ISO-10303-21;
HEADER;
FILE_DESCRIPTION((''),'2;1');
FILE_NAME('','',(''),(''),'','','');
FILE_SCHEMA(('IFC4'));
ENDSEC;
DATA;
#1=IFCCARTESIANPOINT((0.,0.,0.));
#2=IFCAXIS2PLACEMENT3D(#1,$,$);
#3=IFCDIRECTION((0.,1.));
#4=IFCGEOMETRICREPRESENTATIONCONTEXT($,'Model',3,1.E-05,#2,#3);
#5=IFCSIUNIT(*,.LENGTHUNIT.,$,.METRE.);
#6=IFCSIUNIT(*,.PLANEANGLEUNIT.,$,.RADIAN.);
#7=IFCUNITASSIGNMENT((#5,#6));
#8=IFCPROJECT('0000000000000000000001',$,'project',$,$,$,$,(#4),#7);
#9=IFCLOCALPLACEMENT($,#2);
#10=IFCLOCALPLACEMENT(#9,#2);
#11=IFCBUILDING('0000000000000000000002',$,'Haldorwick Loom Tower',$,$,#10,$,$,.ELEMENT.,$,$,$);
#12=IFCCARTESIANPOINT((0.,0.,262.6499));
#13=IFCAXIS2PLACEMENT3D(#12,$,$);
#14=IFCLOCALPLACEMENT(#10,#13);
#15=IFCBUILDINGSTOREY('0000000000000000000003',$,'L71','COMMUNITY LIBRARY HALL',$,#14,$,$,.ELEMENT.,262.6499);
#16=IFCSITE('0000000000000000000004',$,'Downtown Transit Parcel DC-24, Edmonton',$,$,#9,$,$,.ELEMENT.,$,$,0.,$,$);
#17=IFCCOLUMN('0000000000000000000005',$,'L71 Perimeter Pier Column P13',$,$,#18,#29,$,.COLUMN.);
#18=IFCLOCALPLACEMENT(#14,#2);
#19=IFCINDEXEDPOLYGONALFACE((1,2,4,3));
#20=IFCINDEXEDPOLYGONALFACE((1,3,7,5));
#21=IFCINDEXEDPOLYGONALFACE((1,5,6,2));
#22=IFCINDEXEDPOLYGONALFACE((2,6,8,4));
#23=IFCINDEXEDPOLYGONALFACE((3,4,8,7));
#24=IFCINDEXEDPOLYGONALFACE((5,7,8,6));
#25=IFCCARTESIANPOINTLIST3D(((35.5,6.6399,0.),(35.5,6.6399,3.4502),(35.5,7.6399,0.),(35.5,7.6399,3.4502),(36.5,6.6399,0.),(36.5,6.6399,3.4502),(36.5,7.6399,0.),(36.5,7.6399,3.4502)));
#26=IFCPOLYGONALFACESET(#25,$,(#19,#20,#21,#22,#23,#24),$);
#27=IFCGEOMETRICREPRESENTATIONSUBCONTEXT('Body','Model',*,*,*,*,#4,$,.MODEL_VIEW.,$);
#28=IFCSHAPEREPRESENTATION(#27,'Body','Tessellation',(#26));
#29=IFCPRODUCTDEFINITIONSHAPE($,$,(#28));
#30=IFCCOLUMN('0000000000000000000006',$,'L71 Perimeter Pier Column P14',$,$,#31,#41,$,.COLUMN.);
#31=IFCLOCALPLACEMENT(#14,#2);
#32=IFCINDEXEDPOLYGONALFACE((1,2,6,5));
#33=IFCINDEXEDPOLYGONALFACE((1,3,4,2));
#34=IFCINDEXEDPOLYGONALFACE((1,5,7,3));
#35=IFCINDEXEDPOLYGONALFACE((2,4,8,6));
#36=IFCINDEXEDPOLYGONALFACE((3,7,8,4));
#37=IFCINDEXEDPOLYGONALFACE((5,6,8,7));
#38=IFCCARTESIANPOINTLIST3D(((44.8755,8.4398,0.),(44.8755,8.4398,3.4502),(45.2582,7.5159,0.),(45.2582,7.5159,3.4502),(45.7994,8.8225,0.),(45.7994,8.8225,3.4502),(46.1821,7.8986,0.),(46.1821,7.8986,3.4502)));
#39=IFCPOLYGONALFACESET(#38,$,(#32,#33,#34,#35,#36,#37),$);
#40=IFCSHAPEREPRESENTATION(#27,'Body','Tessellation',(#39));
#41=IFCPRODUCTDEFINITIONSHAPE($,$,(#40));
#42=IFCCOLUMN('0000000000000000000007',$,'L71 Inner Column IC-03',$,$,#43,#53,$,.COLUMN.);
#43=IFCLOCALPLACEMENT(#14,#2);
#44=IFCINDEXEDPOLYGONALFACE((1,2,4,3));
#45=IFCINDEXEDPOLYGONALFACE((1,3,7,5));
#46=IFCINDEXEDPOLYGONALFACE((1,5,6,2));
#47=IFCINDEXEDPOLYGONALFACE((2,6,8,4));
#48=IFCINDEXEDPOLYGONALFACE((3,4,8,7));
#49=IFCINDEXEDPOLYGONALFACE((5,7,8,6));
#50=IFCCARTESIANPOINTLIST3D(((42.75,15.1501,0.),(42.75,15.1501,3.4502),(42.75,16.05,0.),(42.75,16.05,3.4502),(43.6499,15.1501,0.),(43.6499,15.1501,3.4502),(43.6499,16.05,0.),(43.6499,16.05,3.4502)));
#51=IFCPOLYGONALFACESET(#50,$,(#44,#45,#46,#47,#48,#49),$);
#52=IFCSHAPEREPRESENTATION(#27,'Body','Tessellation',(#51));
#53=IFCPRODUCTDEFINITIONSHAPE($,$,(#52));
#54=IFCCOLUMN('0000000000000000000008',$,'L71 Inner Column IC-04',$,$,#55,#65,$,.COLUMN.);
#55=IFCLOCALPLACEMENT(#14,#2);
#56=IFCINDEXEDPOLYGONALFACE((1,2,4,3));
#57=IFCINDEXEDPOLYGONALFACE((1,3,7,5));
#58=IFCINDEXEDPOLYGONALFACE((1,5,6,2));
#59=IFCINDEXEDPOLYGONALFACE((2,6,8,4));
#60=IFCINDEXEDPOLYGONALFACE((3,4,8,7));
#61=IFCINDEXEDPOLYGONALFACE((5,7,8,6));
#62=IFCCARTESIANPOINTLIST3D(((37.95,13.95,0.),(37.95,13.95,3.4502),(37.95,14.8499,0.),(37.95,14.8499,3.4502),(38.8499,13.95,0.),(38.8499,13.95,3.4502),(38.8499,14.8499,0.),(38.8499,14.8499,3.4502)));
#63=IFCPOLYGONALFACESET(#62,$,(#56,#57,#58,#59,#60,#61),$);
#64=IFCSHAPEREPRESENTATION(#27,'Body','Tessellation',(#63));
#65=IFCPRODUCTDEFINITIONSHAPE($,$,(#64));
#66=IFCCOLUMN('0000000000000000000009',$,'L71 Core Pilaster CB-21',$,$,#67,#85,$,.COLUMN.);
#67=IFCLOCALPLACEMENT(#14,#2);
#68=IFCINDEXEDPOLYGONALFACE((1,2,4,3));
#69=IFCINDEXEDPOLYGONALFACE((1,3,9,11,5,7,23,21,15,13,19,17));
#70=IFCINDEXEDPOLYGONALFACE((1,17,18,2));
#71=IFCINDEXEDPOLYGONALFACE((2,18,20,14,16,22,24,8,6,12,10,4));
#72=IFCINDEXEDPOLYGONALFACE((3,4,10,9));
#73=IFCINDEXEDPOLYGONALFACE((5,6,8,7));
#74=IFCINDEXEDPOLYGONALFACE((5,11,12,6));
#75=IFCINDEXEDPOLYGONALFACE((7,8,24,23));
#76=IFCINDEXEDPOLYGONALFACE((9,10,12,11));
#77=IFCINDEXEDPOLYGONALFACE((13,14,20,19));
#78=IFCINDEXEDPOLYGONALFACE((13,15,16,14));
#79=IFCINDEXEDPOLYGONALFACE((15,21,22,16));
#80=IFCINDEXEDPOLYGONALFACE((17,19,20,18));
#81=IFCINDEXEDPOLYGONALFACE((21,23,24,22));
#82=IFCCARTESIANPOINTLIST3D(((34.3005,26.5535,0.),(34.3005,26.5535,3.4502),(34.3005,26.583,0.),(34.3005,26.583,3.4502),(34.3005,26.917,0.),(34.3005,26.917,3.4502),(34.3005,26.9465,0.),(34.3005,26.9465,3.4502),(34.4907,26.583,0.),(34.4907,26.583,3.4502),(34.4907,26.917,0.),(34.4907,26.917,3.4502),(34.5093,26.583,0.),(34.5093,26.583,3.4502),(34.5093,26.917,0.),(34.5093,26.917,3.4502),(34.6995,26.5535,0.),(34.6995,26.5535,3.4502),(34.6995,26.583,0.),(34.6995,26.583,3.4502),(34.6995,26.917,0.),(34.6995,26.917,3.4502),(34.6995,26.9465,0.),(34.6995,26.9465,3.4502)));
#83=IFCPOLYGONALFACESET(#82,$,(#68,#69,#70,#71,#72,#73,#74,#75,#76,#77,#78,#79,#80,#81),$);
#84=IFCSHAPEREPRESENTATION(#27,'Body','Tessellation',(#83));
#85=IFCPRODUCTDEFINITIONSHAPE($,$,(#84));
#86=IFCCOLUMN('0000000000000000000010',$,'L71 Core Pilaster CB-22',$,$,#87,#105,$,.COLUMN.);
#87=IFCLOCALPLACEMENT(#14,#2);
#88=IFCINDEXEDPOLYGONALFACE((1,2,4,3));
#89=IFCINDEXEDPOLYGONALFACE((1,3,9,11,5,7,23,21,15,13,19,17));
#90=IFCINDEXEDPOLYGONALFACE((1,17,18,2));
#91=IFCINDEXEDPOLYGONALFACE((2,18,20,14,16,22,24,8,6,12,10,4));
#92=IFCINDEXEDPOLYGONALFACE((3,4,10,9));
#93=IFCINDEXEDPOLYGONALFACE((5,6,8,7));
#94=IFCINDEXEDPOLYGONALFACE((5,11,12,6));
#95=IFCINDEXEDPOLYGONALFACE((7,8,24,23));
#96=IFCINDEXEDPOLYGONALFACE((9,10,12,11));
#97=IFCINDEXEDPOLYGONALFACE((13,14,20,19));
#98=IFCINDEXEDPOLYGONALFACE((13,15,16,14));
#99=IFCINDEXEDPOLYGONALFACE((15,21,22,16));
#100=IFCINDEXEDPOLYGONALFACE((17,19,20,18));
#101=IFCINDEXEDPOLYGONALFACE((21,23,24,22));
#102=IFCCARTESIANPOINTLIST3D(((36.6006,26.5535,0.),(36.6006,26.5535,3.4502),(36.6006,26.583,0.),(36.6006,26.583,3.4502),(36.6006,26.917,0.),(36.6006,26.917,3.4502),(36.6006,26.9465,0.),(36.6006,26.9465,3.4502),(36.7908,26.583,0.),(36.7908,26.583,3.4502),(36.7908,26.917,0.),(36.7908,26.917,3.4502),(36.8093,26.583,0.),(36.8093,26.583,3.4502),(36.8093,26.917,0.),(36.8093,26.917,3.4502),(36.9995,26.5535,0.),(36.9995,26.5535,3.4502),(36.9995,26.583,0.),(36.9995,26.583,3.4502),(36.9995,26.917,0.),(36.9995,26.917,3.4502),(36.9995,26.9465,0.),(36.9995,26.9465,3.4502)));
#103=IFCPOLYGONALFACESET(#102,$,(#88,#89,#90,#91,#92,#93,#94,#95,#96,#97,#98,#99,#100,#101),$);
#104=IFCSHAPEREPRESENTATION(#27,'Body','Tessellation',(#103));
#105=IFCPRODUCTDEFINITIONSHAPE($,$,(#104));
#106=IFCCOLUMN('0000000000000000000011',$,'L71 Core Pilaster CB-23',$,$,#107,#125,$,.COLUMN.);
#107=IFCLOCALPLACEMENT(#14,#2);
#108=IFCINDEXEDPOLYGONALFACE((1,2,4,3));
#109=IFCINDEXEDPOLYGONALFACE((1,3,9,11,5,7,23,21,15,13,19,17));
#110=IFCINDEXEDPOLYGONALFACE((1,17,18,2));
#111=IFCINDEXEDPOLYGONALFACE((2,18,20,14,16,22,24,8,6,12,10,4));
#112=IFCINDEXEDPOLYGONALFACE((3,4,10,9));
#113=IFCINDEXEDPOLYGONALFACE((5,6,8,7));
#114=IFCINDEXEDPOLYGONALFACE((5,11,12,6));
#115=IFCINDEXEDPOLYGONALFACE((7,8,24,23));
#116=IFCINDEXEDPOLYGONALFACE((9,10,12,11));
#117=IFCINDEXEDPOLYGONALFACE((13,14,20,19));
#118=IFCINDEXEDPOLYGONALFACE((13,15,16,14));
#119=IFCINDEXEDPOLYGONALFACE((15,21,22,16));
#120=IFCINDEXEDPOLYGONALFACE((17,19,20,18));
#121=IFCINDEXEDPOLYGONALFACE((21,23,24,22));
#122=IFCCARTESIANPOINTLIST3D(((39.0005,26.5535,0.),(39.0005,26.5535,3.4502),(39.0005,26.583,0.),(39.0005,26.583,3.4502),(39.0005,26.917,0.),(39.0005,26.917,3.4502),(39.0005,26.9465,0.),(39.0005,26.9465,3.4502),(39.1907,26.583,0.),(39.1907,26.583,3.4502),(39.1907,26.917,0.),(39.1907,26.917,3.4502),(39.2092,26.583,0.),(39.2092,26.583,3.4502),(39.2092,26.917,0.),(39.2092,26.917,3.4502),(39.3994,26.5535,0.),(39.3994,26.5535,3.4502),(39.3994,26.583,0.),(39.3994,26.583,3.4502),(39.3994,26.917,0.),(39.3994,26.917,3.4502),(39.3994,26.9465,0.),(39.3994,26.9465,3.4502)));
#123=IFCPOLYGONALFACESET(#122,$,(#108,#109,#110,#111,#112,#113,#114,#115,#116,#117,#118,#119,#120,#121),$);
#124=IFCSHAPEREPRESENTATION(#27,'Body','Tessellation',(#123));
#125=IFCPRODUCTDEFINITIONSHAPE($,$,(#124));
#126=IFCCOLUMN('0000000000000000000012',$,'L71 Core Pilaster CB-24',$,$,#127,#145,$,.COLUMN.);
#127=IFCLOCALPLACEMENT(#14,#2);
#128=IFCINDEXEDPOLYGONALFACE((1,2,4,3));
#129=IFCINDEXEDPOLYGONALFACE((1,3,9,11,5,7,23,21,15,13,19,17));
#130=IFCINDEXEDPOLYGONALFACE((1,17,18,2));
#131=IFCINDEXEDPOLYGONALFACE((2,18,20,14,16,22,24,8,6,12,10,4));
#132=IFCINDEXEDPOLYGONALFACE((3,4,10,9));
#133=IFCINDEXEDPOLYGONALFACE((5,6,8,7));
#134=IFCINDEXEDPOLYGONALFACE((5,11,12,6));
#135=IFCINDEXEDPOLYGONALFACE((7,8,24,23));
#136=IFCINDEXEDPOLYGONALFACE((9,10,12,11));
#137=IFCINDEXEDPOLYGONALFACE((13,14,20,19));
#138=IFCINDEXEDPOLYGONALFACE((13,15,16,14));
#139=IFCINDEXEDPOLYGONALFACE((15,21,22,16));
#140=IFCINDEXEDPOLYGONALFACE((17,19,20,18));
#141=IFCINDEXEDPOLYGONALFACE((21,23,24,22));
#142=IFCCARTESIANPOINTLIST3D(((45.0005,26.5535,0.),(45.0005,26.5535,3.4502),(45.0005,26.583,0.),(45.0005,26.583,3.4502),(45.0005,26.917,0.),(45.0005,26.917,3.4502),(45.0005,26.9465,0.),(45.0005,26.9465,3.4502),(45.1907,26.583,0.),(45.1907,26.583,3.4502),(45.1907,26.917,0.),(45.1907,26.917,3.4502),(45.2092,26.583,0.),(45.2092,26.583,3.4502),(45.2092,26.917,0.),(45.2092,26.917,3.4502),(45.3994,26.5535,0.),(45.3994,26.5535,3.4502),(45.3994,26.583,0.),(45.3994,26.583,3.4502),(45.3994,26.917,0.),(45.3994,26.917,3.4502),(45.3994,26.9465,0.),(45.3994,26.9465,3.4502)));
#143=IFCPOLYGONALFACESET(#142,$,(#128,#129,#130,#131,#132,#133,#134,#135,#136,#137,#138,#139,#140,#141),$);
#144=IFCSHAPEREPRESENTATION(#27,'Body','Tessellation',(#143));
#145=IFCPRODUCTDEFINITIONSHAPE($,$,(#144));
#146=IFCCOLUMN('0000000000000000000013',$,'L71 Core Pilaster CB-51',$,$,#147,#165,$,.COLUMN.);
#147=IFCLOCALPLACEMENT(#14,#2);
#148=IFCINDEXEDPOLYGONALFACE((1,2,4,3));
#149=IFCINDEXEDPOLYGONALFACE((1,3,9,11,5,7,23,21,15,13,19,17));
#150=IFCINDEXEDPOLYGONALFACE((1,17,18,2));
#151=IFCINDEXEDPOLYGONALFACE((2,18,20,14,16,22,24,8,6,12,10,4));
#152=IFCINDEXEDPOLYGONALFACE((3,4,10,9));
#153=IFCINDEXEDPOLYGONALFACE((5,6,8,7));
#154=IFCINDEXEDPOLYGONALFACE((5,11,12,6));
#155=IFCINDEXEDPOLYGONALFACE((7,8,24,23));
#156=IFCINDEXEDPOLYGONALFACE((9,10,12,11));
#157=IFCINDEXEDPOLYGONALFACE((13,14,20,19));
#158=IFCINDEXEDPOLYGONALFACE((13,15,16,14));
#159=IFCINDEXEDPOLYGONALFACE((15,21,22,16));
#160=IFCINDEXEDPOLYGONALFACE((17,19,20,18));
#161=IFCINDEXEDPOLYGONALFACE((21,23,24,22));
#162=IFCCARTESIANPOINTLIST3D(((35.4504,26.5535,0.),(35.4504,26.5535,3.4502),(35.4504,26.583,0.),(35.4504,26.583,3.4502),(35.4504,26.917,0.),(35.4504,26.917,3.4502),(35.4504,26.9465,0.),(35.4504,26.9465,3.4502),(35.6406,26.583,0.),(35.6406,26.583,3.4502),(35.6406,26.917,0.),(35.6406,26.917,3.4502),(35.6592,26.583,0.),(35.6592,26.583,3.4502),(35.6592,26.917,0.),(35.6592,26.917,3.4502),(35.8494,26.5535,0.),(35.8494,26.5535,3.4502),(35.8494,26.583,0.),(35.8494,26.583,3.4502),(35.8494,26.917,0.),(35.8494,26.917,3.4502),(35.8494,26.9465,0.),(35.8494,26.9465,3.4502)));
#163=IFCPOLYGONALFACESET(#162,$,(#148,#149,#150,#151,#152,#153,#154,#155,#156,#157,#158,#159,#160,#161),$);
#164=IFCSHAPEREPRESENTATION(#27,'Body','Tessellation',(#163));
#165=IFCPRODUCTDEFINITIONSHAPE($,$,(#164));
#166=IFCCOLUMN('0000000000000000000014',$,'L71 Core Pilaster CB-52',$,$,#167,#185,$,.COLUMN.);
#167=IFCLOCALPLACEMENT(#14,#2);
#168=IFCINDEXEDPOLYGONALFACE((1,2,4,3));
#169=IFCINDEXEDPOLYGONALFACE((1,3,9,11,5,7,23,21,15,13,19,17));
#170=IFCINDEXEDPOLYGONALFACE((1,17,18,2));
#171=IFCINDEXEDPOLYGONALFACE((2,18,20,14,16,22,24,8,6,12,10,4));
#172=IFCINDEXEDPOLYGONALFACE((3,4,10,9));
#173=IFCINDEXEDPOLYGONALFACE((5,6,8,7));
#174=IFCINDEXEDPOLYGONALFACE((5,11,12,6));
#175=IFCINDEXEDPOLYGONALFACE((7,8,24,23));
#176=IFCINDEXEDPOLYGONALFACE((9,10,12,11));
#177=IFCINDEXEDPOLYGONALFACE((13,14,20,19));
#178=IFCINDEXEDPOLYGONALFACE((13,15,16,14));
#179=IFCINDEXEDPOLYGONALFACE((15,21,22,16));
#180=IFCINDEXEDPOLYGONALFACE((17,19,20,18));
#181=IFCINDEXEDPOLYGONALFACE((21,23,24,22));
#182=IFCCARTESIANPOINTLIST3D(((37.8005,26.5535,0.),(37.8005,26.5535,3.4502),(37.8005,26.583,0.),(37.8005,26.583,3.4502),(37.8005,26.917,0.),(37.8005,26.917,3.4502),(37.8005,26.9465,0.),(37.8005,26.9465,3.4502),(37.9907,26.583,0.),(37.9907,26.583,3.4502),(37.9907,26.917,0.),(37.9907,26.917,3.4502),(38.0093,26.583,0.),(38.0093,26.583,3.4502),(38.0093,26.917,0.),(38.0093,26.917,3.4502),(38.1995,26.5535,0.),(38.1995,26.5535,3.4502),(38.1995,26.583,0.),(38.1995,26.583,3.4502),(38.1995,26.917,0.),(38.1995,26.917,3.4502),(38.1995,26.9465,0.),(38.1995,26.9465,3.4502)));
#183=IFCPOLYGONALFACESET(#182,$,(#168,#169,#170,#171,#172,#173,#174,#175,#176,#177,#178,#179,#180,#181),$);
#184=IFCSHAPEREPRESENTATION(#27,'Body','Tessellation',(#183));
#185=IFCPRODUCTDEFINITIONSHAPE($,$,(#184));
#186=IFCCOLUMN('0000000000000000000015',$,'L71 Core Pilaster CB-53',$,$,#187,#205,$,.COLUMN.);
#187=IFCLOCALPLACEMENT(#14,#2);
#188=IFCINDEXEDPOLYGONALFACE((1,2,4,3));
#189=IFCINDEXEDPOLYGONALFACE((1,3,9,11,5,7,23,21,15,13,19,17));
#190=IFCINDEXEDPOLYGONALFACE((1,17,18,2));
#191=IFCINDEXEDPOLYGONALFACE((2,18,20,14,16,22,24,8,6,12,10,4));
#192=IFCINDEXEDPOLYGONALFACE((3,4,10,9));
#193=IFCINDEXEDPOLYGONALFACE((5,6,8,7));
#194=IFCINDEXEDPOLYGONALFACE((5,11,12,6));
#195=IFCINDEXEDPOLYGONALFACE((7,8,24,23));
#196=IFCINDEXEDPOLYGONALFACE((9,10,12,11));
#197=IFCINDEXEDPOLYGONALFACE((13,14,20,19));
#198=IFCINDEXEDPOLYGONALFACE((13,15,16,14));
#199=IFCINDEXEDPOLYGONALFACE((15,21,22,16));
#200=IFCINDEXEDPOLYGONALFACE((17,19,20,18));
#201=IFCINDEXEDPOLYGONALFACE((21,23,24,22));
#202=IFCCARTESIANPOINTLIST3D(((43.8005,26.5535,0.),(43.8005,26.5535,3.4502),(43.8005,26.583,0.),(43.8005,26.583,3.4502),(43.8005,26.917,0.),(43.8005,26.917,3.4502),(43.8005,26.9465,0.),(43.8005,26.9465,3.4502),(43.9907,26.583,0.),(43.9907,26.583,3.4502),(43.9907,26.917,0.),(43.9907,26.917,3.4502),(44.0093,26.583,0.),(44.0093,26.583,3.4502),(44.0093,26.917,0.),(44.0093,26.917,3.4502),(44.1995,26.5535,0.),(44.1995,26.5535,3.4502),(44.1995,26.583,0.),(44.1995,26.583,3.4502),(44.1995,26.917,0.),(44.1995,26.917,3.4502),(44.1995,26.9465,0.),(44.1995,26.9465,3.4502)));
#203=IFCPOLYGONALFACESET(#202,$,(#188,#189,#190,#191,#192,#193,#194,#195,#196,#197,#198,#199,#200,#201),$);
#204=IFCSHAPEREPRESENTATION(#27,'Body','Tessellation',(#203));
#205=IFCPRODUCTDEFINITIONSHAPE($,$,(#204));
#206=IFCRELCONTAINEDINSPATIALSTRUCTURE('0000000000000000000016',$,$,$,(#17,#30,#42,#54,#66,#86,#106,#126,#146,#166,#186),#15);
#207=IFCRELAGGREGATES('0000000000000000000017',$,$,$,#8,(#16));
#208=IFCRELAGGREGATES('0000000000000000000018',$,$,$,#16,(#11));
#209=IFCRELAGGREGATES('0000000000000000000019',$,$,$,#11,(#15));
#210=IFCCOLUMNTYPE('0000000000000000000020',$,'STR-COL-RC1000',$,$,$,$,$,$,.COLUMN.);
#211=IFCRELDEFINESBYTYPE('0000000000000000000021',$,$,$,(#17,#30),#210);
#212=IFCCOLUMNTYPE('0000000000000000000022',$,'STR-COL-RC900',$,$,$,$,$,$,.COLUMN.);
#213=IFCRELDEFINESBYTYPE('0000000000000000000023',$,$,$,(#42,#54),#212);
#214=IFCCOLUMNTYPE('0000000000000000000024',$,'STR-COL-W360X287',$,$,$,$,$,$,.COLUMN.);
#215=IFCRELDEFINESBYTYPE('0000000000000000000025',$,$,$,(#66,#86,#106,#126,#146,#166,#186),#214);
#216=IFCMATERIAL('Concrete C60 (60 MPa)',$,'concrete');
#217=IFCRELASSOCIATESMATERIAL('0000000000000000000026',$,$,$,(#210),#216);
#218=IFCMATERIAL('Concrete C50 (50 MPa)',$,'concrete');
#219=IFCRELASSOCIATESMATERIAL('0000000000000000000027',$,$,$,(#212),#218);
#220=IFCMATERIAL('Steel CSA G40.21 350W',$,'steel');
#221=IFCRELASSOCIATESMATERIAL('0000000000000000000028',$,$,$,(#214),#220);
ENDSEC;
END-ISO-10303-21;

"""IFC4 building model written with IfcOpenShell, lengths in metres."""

from ifc_helpers import new_model, si_unit, direction, frame, origin, origin_2d, place, context, subcontext, project, spatial, rectangle, i_section, extrude, material, material_profile, profile_set, type_object, element, save


model = new_model("IFC4")

# Units and contexts
model_context = context("Model", 3, precision=1e-05, world=origin(), true_north=direction((0.0, 1.0)))
body_context = subcontext(model_context, "Body", "Model", "MODEL_VIEW")
ifc_project = project(units=[si_unit("LENGTHUNIT", "METRE"), si_unit("PLANEANGLEUNIT", "RADIAN")], contexts=[model_context])

# Site, building, storey
site_placement = place(None, origin())
site = spatial("IfcSite", under=ifc_project, at=site_placement, Name="Downtown Transit Parcel DC-24, Edmonton", CompositionType="ELEMENT", RefElevation=0.0)
building_placement = place(site_placement, origin())
building = spatial("IfcBuilding", under=site, at=building_placement, Name="Haldorwick Loom Tower", CompositionType="ELEMENT")
storey_placement = place(building_placement, frame((0.0, 0.0, 262.6499)))
storey = spatial("IfcBuildingStorey", under=building, at=storey_placement, Name="L71", Description="COMMUNITY LIBRARY HALL", CompositionType="ELEMENT", Elevation=262.6499)

# Columns
ifc_material_1 = material(Name="Concrete C60 (60 MPa)", Category="concrete")
ifc_material_profile_1 = material_profile(ifc_material_1, rectangle(XDim=1.0, YDim=1.0, at=origin_2d()), Name="RC1000X1000", Category="concrete")
ifc_profile_set_1 = profile_set([ifc_material_profile_1], Name="Concrete C60 (60 MPa)")
column_type_1 = type_object("IfcColumnType", Name="STR-COL-RC1000", PredefinedType="COLUMN", material=ifc_profile_set_1)
for number, where, z_axis, x_axis, name in (
    (1, (36.0, 7.1399, 0.0), (0.0, 0.0, 1.0), (0.0, -1.0, 0.0), "L71 Perimeter Pier Column P13"),
    (2, (45.5288, 8.1692, 0.0), (0.0, 0.0, 1.0), (0.382683, -0.92388, 0.0), "L71 Perimeter Pier Column P14"),
):
    element("IfcColumn", number, at=place(storey_placement, frame(where, z_axis=z_axis, x_axis=x_axis)), inside=storey, type_object=column_type_1, Name=name, PredefinedType="COLUMN", context=body_context, shape_type="SweptSolid", body=[
        extrude(rectangle(XDim=1.0, YDim=1.0, at=origin_2d()), origin(), (0.0, 0.0, 1.0), 3.4502),
    ])
ifc_material_2 = material(Name="Concrete C50 (50 MPa)", Category="concrete")
ifc_material_profile_2 = material_profile(ifc_material_2, rectangle(XDim=0.8999, YDim=0.8999, at=origin_2d()), Name="RC900X900", Category="concrete")
ifc_profile_set_2 = profile_set([ifc_material_profile_2], Name="Concrete C50 (50 MPa)")
column_type_2 = type_object("IfcColumnType", Name="STR-COL-RC900", PredefinedType="COLUMN", material=ifc_profile_set_2)
for number, where, z_axis, x_axis, name in (
    (3, (43.2, 15.6001, 0.0), (0.0, 0.0, 1.0), (1.0, 0.0, 0.0), "L71 Inner Column IC-03"),
    (4, (38.3999, 14.3999, 0.0), (0.0, 0.0, 1.0), (1.0, 0.0, 0.0), "L71 Inner Column IC-04"),
):
    element("IfcColumn", number, at=place(storey_placement, frame(where, z_axis=z_axis, x_axis=x_axis)), inside=storey, type_object=column_type_2, Name=name, PredefinedType="COLUMN", context=body_context, shape_type="SweptSolid", body=[
        extrude(rectangle(XDim=0.8999, YDim=0.8999, at=origin_2d()), origin(), (0.0, 0.0, 1.0), 3.4502),
    ])
ifc_material_3 = material(Name="Steel CSA G40.21 350W", Category="steel")
ifc_material_profile_3 = material_profile(ifc_material_3, i_section(OverallWidth=0.3989, OverallDepth=0.3931, WebThickness=0.0186, FlangeThickness=0.0295, at=origin_2d()), Name="W360X287", Category="steel")
ifc_profile_set_3 = profile_set([ifc_material_profile_3], Name="Steel CSA G40.21 350W")
column_type_3 = type_object("IfcColumnType", Name="STR-COL-W360X287", PredefinedType="COLUMN", material=ifc_profile_set_3)
for number, where, z_axis, x_axis, name in (
    (5, (34.5, 26.75, 0.0), (0.0, 0.0, 1.0), (1.0, 0.0, 0.0), "L71 Core Pilaster CB-21"),
    (6, (36.8, 26.75, 0.0), (0.0, 0.0, 1.0), (1.0, 0.0, 0.0), "L71 Core Pilaster CB-22"),
    (7, (39.2, 26.75, 0.0), (0.0, 0.0, 1.0), (1.0, 0.0, 0.0), "L71 Core Pilaster CB-23"),
    (8, (45.2, 26.75, 0.0), (0.0, 0.0, 1.0), (1.0, 0.0, 0.0), "L71 Core Pilaster CB-24"),
    (9, (35.6499, 26.75, 0.0), (0.0, 0.0, 1.0), (1.0, 0.0, 0.0), "L71 Core Pilaster CB-51"),
    (10, (38.0, 26.75, 0.0), (0.0, 0.0, 1.0), (1.0, 0.0, 0.0), "L71 Core Pilaster CB-52"),
    (11, (44.0, 26.75, 0.0), (0.0, 0.0, 1.0), (1.0, 0.0, 0.0), "L71 Core Pilaster CB-53"),
):
    element("IfcColumn", number, at=place(storey_placement, frame(where, z_axis=z_axis, x_axis=x_axis)), inside=storey, type_object=column_type_3, Name=name, PredefinedType="COLUMN", context=body_context, shape_type="SweptSolid", body=[
        extrude(i_section(OverallWidth=0.3989, OverallDepth=0.3931, WebThickness=0.0186, FlangeThickness=0.0295, at=origin_2d()), origin(), (0.0, 0.0, 1.0), 3.4502),
    ])

save(model, "model.ifc")
